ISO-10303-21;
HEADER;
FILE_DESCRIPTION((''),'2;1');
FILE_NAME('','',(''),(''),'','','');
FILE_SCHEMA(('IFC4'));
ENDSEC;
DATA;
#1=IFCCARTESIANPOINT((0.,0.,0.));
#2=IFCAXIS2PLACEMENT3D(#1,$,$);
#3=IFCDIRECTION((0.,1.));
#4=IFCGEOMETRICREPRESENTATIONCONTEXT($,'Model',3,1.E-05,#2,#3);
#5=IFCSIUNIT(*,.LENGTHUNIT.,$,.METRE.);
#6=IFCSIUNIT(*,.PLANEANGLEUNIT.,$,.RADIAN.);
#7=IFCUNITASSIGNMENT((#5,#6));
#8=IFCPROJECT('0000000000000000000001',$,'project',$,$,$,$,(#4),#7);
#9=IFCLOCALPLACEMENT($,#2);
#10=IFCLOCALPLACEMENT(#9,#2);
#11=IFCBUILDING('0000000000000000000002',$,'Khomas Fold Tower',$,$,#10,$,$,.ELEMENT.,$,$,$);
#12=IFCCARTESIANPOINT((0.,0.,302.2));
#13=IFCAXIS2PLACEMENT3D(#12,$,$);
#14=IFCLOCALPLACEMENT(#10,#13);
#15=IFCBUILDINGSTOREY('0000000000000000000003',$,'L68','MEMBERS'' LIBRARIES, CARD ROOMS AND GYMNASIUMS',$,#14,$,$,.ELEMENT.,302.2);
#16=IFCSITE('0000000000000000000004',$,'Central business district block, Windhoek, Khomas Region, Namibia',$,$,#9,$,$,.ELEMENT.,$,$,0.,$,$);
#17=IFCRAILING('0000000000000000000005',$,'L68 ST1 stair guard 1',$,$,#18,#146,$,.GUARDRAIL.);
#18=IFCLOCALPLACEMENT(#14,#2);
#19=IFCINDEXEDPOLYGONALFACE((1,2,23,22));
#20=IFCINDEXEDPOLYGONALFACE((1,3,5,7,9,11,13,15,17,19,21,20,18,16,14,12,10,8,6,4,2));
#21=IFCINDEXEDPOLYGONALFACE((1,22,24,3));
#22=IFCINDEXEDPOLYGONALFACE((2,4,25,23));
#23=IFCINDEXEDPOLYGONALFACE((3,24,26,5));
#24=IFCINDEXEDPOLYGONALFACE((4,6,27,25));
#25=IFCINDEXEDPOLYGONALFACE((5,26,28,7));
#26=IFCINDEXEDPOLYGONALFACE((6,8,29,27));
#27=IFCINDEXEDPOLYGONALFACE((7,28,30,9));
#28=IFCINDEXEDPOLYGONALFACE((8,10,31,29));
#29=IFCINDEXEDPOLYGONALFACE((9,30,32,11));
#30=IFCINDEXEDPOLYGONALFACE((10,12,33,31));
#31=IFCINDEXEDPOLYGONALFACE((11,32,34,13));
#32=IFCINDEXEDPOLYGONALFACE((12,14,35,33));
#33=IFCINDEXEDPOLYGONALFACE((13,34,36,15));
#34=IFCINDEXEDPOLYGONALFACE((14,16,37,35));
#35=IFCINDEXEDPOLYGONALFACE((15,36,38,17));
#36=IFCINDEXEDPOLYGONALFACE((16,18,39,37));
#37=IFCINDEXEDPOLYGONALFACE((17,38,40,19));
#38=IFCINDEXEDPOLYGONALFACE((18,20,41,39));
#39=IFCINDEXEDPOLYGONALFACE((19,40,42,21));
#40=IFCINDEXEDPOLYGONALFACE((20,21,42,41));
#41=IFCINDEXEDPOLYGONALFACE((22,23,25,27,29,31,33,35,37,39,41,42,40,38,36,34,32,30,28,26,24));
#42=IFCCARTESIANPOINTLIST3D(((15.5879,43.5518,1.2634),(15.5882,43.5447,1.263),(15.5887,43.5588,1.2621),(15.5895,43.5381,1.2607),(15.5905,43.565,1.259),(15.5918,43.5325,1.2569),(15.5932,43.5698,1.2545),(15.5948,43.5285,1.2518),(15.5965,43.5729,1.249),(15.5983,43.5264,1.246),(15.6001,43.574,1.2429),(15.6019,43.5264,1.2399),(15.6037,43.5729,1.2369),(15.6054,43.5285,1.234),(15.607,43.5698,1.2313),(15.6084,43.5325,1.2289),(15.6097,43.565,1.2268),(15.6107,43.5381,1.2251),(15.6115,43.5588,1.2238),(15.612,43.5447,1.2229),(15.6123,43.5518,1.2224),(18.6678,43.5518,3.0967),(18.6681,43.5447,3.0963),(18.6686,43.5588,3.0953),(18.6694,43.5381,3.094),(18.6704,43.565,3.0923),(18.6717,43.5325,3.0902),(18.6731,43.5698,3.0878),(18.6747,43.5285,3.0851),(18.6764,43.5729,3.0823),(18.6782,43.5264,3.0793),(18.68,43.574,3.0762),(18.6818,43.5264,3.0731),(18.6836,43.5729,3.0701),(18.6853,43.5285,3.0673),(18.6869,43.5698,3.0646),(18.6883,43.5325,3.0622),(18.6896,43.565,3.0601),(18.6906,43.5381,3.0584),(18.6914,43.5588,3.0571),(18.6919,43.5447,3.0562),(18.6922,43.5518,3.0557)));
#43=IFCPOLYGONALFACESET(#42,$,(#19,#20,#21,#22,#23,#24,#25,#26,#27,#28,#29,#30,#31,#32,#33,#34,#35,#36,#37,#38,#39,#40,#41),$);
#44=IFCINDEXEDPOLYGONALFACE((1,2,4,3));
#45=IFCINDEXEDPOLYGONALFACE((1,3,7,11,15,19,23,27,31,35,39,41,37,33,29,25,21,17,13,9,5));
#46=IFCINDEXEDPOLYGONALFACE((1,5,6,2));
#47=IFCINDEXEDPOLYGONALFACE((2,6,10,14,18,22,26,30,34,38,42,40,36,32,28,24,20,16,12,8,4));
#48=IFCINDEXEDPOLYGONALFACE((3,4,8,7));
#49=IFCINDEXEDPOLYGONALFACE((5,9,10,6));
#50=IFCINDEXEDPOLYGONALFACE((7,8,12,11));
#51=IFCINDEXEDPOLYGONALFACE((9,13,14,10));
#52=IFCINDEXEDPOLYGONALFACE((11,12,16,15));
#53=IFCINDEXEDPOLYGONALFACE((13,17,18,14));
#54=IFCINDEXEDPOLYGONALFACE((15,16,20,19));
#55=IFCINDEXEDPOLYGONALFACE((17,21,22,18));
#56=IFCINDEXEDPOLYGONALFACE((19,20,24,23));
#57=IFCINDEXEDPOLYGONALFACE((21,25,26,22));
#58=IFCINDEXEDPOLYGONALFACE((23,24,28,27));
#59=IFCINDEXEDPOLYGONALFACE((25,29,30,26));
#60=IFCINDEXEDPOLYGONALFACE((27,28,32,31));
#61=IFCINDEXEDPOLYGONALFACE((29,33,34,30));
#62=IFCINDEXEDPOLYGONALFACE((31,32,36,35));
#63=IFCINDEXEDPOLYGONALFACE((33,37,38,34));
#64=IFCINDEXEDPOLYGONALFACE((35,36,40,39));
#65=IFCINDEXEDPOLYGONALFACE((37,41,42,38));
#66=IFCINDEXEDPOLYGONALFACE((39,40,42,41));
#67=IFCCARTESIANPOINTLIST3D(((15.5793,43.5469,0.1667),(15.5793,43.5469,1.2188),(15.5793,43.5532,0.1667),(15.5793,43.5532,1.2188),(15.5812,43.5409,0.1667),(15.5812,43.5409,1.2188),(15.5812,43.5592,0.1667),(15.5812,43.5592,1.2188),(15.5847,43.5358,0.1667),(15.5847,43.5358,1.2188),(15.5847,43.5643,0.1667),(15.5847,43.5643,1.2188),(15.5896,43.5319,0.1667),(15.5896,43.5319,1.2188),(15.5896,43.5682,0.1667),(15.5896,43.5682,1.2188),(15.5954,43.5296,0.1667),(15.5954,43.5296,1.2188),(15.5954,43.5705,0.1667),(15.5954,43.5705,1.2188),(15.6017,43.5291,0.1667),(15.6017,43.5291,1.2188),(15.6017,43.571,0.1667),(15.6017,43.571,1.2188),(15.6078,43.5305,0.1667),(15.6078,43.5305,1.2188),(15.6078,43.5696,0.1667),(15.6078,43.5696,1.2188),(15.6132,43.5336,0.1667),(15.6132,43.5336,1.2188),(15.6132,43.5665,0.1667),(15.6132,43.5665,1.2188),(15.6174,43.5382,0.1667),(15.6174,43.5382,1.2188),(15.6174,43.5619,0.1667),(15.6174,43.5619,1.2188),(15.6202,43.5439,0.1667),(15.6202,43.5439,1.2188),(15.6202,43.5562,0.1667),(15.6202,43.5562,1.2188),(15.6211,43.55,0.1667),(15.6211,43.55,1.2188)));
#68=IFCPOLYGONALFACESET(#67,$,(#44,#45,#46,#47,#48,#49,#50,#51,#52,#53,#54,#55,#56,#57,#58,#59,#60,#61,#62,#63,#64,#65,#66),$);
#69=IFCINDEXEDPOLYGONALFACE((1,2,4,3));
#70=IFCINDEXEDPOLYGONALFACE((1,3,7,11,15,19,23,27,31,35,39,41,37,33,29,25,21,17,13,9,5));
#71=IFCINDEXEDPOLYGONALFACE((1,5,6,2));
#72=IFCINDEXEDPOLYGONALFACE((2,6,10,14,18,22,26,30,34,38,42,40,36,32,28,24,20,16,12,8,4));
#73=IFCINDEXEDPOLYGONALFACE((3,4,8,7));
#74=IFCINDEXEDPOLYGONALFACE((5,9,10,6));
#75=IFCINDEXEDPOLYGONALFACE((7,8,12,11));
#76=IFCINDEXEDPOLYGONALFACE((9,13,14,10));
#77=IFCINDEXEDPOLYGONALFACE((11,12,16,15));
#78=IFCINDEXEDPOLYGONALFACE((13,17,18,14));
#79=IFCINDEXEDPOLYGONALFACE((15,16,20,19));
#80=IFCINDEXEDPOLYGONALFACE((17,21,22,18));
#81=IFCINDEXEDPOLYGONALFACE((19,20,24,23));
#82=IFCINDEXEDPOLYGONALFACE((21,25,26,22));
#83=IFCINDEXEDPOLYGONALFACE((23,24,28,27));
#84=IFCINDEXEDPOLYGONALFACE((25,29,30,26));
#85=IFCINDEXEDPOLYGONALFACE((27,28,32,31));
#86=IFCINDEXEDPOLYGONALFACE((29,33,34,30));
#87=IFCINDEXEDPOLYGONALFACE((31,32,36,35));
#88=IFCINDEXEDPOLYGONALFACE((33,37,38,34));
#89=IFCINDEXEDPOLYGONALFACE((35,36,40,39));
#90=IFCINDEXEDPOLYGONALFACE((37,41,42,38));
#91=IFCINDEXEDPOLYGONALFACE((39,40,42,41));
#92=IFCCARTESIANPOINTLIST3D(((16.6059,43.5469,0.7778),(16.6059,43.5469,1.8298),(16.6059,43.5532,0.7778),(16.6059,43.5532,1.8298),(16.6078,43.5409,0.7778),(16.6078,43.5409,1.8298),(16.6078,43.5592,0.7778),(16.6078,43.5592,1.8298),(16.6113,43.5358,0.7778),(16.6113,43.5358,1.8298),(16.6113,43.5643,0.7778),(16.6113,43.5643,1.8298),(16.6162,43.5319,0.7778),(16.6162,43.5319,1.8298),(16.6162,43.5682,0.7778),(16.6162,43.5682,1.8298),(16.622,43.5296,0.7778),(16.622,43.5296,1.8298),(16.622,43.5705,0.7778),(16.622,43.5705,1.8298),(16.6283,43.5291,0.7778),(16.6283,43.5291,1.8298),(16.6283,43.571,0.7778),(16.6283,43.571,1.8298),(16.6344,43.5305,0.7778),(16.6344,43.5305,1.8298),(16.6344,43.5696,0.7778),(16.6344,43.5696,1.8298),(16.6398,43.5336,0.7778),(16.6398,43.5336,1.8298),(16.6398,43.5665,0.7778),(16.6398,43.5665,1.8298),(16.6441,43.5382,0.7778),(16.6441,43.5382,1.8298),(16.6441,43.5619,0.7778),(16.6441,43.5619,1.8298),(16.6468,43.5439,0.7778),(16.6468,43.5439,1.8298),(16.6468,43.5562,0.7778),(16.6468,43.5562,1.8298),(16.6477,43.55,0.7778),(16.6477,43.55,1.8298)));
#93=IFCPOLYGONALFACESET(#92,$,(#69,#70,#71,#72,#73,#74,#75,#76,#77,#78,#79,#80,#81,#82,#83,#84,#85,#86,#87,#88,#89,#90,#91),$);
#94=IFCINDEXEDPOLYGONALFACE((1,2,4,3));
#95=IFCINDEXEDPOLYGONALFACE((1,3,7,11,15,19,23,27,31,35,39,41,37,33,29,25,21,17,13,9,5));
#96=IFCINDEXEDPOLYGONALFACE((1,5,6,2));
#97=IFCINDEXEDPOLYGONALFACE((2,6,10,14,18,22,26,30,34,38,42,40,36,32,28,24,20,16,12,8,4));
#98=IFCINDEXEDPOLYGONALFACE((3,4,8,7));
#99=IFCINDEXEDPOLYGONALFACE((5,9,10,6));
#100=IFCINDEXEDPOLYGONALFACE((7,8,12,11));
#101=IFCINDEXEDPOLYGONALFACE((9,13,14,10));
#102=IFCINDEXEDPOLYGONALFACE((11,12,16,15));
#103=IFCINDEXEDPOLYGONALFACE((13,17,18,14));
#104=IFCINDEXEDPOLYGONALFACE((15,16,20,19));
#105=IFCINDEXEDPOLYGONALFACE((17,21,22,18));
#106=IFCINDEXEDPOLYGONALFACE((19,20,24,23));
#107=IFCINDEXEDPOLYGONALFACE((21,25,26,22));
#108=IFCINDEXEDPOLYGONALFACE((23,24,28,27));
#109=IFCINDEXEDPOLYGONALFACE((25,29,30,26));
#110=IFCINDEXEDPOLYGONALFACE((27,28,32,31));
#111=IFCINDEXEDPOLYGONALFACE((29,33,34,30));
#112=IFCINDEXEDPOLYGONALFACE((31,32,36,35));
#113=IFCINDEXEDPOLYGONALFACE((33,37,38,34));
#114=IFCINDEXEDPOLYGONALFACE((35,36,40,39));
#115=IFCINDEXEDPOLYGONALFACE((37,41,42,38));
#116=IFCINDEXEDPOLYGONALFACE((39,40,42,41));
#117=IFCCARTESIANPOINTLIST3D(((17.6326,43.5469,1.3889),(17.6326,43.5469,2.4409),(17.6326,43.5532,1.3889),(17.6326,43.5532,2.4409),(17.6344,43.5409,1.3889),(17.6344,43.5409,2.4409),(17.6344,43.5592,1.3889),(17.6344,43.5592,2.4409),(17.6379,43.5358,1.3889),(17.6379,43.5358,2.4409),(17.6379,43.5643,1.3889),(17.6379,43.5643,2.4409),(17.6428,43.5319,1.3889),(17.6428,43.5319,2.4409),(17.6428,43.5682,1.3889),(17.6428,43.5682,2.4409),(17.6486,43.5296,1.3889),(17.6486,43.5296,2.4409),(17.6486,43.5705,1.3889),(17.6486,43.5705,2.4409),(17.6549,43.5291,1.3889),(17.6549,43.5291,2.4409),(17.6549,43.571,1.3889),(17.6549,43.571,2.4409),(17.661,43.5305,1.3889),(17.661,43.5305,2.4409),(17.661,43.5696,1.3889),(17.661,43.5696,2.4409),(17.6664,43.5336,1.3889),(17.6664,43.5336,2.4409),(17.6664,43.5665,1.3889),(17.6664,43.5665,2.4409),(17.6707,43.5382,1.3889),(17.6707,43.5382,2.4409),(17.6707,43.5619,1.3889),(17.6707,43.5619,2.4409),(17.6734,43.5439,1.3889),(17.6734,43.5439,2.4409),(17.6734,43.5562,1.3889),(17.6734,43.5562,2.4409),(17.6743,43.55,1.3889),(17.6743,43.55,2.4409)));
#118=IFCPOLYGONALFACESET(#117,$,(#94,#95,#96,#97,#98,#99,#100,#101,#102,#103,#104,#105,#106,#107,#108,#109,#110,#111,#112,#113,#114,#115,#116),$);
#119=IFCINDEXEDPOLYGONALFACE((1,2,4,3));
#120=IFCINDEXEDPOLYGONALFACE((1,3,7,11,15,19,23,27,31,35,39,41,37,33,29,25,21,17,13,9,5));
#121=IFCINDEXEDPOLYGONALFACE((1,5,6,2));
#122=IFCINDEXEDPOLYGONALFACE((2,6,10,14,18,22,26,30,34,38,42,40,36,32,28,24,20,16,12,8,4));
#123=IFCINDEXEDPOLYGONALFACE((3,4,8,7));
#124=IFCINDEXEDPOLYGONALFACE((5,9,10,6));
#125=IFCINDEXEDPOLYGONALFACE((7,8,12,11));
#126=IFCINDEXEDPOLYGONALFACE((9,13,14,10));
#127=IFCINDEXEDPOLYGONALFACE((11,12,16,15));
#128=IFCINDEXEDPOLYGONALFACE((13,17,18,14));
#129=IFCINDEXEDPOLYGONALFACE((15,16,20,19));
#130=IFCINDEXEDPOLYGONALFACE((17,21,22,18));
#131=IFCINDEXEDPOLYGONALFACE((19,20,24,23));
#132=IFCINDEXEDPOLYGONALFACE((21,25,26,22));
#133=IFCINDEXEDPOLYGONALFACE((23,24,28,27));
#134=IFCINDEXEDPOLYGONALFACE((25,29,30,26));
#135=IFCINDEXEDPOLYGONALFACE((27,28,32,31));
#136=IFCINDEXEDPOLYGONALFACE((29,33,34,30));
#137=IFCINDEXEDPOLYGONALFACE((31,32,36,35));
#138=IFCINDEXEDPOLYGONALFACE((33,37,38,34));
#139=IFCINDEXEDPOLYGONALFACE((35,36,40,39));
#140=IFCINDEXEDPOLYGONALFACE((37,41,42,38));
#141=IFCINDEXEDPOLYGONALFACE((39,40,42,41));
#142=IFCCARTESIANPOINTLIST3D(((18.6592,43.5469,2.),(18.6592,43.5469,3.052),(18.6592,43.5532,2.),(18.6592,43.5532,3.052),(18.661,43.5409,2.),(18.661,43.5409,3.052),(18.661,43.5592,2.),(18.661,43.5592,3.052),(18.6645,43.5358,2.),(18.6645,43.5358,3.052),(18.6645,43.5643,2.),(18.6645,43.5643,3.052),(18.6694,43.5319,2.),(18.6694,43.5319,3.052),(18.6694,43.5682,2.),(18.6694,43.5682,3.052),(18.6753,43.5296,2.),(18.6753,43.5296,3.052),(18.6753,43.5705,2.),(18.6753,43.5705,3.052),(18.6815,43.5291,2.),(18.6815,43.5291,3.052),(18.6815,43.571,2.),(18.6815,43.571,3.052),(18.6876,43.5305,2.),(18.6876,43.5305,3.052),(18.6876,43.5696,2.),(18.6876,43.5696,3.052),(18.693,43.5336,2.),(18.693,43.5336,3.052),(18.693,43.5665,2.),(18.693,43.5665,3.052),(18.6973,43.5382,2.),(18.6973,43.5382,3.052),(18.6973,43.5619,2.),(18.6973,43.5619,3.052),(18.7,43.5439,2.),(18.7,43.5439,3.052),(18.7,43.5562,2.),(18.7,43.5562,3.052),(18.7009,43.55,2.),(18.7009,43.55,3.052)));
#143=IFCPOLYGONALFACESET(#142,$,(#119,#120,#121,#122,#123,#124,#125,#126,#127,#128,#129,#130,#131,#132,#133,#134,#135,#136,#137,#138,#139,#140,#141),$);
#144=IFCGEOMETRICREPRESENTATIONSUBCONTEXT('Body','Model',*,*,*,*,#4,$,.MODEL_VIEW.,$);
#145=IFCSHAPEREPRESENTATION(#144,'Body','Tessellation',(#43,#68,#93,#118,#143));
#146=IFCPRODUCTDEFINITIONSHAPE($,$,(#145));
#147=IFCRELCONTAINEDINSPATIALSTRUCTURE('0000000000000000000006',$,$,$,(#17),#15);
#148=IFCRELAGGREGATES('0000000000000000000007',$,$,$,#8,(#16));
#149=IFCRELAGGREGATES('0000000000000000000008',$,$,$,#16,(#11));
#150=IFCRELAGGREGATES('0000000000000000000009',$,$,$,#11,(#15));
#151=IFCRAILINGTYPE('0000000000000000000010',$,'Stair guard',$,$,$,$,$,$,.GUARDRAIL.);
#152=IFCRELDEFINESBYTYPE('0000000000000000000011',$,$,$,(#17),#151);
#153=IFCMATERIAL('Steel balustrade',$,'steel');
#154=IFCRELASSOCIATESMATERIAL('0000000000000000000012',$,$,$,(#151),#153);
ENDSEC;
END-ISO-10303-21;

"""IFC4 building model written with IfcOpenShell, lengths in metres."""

from ifc_helpers import new_model, si_unit, direction, frame, origin, origin_2d, place, context, subcontext, project, spatial, circle, extrude, source, transform, mapped, material, type_object, element, save


model = new_model("IFC4")

# Units and contexts
model_context = context("Model", 3, precision=1e-05, world=origin(), true_north=direction((0.0, 1.0)))
body_context = subcontext(model_context, "Body", "Model", "MODEL_VIEW")
ifc_project = project(units=[si_unit("LENGTHUNIT", "METRE"), si_unit("PLANEANGLEUNIT", "RADIAN")], contexts=[model_context])

# Site, building, storey
site_placement = place(None, origin())
site = spatial("IfcSite", under=ifc_project, at=site_placement, Name="Central business district block, Windhoek, Khomas Region, Namibia", CompositionType="ELEMENT", RefElevation=0.0)
building_placement = place(site_placement, origin())
building = spatial("IfcBuilding", under=site, at=building_placement, Name="Khomas Fold Tower", CompositionType="ELEMENT")
storey_placement = place(building_placement, frame((0.0, 0.0, 302.2)))
storey = spatial("IfcBuildingStorey", under=building, at=storey_placement, Name="L68", Description="MEMBERS' LIBRARIES, CARD ROOMS AND GYMNASIUMS", CompositionType="ELEMENT", Elevation=302.2)

# Railing
ifc_material_1 = material(Name="Steel balustrade", Category="steel")
railing_type_1 = type_object("IfcRailingType", Name="Stair guard", PredefinedType="GUARDRAIL", material=ifc_material_1)
shared_shape_1 = source(origin(), body_context, "Body", "SweptSolid", [
    extrude(circle(Radius=0.0239, at=origin_2d()), frame((0.0, 0.0, 1.0762), z_axis=(0.859291, 0.0, 0.511487), x_axis=(0.0, 1.0, 0.0)), (0.0, 0.0, 1.0), 3.5842),
    extrude(circle(Radius=0.021, at=origin_2d()), origin(), (0.0, 0.0, 1.0), 1.052),
    extrude(circle(Radius=0.021, at=origin_2d()), frame((1.0266, 0.0, 0.6111)), (0.0, 0.0, 1.0), 1.052),
    extrude(circle(Radius=0.021, at=origin_2d()), frame((2.0532, 0.0, 1.2222)), (0.0, 0.0, 1.0), 1.052),
    extrude(circle(Radius=0.021, at=origin_2d()), frame((3.0798, 0.0, 1.8333)), (0.0, 0.0, 1.0), 1.052),
])
railing_1_placement = place(storey_placement, frame((15.6001, 43.55, 0.1667)))
element("IfcRailing", 1, at=railing_1_placement, inside=storey, type_object=railing_type_1, Name="L68 ST1 stair guard 1", PredefinedType="GUARDRAIL", context=body_context, shape_type="MappedRepresentation", body=[
    mapped(shared_shape_1, transform((0.0, 0.0, 0.0))),
])

save(model, "model.ifc")
